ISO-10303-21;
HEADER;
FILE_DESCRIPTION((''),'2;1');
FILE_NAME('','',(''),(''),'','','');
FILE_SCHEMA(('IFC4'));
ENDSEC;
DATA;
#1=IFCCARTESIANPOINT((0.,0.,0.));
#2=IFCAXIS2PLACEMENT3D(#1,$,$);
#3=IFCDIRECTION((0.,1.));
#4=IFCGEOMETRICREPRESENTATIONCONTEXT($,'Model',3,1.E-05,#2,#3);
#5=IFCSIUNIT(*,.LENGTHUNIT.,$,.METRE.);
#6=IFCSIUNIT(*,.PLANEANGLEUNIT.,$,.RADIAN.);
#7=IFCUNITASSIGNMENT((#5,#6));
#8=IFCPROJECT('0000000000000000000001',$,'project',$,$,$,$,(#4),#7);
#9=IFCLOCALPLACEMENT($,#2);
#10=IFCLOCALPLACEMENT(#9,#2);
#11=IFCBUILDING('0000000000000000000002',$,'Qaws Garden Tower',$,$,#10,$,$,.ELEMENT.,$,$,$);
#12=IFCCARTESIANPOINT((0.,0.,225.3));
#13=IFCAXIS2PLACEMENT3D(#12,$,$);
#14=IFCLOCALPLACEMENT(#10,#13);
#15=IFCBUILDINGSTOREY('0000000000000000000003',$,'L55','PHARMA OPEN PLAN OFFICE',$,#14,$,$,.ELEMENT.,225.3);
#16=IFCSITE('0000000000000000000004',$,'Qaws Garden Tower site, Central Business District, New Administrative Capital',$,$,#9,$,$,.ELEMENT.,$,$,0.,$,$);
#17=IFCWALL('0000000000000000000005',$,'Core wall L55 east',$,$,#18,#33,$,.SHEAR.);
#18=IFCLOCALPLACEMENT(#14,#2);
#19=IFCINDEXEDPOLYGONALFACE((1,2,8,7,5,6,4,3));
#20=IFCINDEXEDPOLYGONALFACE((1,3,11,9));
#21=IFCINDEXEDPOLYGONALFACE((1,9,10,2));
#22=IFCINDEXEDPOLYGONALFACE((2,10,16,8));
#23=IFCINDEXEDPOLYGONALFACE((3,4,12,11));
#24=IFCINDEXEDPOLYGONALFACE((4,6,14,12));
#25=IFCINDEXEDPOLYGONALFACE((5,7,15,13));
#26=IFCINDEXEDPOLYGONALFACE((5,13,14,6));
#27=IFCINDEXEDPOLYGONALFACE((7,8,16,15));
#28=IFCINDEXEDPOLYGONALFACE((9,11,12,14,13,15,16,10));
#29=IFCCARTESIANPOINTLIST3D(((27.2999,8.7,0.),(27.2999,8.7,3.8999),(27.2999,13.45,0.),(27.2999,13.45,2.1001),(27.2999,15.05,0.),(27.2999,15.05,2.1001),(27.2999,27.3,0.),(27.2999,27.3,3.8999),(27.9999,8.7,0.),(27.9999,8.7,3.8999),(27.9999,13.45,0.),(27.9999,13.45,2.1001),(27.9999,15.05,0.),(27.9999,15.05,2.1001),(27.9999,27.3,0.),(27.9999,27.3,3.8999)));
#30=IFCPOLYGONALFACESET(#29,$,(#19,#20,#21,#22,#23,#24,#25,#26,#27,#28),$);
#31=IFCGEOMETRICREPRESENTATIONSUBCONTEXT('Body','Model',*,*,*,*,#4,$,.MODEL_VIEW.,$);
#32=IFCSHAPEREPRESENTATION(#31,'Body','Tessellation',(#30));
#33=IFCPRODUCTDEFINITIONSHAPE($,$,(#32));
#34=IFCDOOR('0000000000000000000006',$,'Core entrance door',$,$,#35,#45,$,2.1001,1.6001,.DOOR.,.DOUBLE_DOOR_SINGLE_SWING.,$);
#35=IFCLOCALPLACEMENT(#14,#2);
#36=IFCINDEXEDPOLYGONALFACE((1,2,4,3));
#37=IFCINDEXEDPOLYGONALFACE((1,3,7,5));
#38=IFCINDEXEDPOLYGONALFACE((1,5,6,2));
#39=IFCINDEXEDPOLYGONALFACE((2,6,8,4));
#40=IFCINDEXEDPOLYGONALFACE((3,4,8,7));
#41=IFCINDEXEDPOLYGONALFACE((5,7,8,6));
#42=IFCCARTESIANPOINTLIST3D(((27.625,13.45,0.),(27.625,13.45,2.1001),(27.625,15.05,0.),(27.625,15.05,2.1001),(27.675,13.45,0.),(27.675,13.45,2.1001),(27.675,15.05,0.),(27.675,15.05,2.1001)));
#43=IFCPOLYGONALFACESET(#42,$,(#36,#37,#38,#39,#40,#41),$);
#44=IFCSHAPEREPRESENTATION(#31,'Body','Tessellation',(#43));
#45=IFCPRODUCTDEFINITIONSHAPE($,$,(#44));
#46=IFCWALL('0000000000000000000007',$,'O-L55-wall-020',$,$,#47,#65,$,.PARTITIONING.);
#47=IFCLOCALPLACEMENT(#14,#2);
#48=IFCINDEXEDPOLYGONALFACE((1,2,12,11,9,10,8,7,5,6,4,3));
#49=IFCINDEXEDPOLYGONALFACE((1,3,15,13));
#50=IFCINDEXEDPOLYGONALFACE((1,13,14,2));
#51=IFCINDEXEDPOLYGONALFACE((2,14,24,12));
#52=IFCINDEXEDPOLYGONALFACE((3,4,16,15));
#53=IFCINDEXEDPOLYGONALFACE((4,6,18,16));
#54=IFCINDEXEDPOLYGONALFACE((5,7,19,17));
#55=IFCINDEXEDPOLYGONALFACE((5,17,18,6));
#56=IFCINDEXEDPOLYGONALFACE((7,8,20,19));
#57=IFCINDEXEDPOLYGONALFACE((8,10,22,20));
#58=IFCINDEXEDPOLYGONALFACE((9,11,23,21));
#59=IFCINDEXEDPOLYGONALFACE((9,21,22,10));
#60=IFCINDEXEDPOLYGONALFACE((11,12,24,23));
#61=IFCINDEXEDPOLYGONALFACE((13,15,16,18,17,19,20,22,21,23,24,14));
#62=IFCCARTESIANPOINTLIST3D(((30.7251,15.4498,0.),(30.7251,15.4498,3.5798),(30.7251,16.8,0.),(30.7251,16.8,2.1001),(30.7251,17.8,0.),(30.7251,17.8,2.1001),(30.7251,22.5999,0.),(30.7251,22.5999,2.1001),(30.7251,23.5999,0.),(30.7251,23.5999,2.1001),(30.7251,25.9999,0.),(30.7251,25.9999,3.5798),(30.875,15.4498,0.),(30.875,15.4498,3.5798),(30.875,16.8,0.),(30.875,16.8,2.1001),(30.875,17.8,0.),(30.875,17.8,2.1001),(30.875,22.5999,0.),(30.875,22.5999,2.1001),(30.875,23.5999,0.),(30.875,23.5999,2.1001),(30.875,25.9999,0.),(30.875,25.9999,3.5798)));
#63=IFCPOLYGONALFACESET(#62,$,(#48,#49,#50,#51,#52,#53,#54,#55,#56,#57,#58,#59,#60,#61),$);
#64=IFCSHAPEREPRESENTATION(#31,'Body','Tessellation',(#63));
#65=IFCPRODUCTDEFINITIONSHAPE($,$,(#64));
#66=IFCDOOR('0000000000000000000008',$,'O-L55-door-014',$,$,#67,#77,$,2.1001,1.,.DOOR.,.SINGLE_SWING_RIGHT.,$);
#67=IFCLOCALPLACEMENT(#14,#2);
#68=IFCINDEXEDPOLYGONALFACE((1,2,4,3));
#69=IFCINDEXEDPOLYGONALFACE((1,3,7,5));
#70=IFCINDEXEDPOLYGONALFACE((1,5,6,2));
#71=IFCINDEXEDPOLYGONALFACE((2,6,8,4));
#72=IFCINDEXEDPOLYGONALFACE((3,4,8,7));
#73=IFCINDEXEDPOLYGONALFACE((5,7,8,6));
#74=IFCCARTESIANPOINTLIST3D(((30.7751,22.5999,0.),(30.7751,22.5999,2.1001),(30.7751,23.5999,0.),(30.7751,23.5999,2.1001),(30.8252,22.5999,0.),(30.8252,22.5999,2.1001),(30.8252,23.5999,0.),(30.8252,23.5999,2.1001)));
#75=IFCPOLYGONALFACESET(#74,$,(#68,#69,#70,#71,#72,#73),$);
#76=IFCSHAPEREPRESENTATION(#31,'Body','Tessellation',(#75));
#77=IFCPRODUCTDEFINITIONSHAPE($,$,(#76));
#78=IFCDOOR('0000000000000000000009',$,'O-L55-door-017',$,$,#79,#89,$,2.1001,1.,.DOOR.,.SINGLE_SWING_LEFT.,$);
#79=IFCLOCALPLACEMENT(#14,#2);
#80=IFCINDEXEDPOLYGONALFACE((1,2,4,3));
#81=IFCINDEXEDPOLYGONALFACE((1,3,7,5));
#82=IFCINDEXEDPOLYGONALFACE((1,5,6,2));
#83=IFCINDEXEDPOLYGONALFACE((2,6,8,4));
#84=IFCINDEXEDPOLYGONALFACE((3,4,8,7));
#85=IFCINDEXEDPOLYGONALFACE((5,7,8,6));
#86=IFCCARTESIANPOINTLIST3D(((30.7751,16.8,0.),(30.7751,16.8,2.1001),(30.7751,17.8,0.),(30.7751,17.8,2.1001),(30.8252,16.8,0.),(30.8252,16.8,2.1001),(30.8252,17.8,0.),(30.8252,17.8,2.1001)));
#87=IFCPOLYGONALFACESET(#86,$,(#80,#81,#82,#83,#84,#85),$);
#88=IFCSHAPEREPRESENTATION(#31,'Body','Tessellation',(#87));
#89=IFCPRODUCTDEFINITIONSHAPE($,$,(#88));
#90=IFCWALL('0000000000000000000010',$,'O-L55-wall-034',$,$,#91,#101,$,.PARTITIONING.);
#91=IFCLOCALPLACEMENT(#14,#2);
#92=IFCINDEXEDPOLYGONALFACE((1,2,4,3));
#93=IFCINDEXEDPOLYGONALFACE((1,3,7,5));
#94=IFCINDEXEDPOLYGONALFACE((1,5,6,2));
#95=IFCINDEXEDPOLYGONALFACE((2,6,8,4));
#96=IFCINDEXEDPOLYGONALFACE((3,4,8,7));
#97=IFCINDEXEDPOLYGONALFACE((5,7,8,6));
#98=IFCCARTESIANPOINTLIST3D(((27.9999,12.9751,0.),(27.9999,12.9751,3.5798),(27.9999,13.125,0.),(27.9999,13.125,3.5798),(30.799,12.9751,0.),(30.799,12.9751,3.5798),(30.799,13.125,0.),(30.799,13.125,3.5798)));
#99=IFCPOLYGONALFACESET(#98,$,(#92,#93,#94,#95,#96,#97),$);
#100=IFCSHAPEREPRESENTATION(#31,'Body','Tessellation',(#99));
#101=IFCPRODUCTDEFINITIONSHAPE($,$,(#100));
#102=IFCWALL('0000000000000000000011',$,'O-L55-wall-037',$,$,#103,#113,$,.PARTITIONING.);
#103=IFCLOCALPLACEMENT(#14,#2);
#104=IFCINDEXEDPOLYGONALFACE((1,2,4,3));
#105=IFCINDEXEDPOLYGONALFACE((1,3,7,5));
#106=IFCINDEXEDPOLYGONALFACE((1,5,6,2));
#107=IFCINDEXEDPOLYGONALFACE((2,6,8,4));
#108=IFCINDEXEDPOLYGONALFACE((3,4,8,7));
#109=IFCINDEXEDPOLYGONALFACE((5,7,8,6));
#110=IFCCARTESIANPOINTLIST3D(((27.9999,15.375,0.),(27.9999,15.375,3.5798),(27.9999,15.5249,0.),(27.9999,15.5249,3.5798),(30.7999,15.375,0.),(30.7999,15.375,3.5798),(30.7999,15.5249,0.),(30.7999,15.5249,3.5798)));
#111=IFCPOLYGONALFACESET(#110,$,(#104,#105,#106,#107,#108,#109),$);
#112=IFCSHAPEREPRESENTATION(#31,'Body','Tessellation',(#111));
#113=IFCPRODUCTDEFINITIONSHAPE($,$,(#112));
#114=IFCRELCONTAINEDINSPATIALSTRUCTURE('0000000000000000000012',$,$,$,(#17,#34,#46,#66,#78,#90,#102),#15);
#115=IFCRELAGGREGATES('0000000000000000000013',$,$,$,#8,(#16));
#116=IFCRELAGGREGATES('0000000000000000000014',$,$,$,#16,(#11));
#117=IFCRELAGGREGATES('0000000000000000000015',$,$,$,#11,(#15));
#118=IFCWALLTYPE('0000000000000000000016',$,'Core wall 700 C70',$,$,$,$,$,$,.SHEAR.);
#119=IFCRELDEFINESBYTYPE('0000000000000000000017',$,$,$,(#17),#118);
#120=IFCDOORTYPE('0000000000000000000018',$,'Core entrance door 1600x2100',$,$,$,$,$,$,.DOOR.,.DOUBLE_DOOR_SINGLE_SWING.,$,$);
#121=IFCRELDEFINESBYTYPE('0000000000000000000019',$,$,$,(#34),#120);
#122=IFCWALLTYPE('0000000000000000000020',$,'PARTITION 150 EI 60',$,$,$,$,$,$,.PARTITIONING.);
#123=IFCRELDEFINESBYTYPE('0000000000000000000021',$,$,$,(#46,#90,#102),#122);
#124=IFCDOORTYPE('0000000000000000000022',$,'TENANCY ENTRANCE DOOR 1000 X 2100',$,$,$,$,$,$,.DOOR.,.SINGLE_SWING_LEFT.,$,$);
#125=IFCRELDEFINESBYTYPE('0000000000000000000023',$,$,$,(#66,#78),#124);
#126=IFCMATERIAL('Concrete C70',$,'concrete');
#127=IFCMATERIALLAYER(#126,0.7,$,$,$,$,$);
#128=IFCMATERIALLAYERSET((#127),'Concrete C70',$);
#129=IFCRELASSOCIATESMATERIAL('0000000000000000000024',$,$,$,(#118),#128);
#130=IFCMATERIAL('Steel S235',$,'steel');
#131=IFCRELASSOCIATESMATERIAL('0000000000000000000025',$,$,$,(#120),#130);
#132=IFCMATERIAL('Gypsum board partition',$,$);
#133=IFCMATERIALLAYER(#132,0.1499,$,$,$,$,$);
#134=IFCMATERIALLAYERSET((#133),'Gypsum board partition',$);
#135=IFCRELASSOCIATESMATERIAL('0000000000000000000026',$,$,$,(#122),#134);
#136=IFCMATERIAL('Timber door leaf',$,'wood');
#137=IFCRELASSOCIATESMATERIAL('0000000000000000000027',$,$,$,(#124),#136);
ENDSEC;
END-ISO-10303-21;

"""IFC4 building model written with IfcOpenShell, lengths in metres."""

from ifc_helpers import new_model, si_unit, direction, frame, frame_2d, origin, place, context, subcontext, project, spatial, rectangle, extrude, material, layer, layer_set, type_object, element, fill, save


model = new_model("IFC4")

# Units and contexts
model_context = context("Model", 3, precision=1e-05, world=origin(), true_north=direction((0.0, 1.0)))
body_context = subcontext(model_context, "Body", "Model", "MODEL_VIEW")
ifc_project = project(units=[si_unit("LENGTHUNIT", "METRE"), si_unit("PLANEANGLEUNIT", "RADIAN")], contexts=[model_context])

# Site, building, storey
site_placement = place(None, origin())
site = spatial("IfcSite", under=ifc_project, at=site_placement, Name="Qaws Garden Tower site, Central Business District, New Administrative Capital", CompositionType="ELEMENT", RefElevation=0.0)
building_placement = place(site_placement, origin())
building = spatial("IfcBuilding", under=site, at=building_placement, Name="Qaws Garden Tower", CompositionType="ELEMENT")
storey_placement = place(building_placement, frame((0.0, 0.0, 225.3)))
storey = spatial("IfcBuildingStorey", under=building, at=storey_placement, Name="L55", Description="PHARMA OPEN PLAN OFFICE", CompositionType="ELEMENT", Elevation=225.3)

# Wall, opening, door
ifc_material_1 = material(Name="Concrete C70", Category="concrete")
ifc_layer_1 = layer(ifc_material_1, 0.7)
ifc_layer_set_1 = layer_set([ifc_layer_1], Name="Concrete C70")
wall_type_1 = type_object("IfcWallType", Name="Core wall 700 C70", PredefinedType="SHEAR", material=ifc_layer_set_1)
wall_1_placement = place(storey_placement, frame((27.6499, 8.7, 0.0), z_axis=(0.0, 0.0, 1.0), x_axis=(0.0, 1.0, 0.0)))
wall_1 = element("IfcWall", 1, at=wall_1_placement, inside=storey, type_object=wall_type_1, Name="Core wall L55 east", PredefinedType="SHEAR", context=body_context, shape_type="SweptSolid", body=[
    extrude(rectangle(XDim=18.6001, YDim=0.7, at=frame_2d((9.3, 0.0))), origin(), (0.0, 0.0, 1.0), 3.8999),
])
opening_1_placement = place(wall_1_placement, frame((4.75, 0.0, 0.0)))
opening_1 = element("IfcOpeningElement", 2, at=opening_1_placement, cuts=wall_1, PredefinedType="OPENING", context=body_context, shape_type="SweptSolid", body=[
    extrude(rectangle(XDim=1.6001, YDim=2.1001, at=frame_2d((0.8, 1.05))), frame((0.0, 0.3599, 0.0), z_axis=(0.0, -1.0, 0.0), x_axis=(1.0, 0.0, 0.0)), (0.0, 0.0, 1.0), 0.72),
])
ifc_material_2 = material(Name="Steel S235", Category="steel")
door_type_1 = type_object("IfcDoorType", Name="Core entrance door 1600x2100", OperationType="DOUBLE_DOOR_SINGLE_SWING", PredefinedType="DOOR", material=ifc_material_2)
door_1_placement = place(opening_1_placement, origin())
door_1 = element("IfcDoor", 3, at=door_1_placement, inside=storey, type_object=door_type_1, Name="Core entrance door", OperationType="DOUBLE_DOOR_SINGLE_SWING", OverallHeight=2.1001, OverallWidth=1.6001, PredefinedType="DOOR", context=body_context, shape_type="SweptSolid", body=[
    extrude(rectangle(XDim=1.6001, YDim=2.1001, at=frame_2d((0.8, 1.05))), frame((0.0, 0.0249, 0.0), z_axis=(0.0, -1.0, 0.0), x_axis=(1.0, 0.0, 0.0)), (0.0, 0.0, 1.0), 0.05),
])
fill(opening_1, door_1)

# Wall, openings, doors
ifc_material_3 = material(Name="Gypsum board partition")
ifc_layer_2 = layer(ifc_material_3, 0.1499)
ifc_layer_set_2 = layer_set([ifc_layer_2], Name="Gypsum board partition")
wall_type_2 = type_object("IfcWallType", Name="PARTITION 150 EI 60", PredefinedType="PARTITIONING", material=ifc_layer_set_2)
wall_2_placement = place(storey_placement, frame((30.8, 15.45, 0.0), z_axis=(0.0, 0.0, 1.0), x_axis=(0.0, 1.0, 0.0)))
wall_2 = element("IfcWall", 4, at=wall_2_placement, inside=storey, type_object=wall_type_2, Name="O-L55-wall-020", PredefinedType="PARTITIONING", context=body_context, shape_type="SweptSolid", body=[
    extrude(rectangle(XDim=10.55, YDim=0.1499, at=frame_2d((5.2749, 0.0))), origin(), (0.0, 0.0, 1.0), 3.5798),
])
opening_2_placement = place(wall_2_placement, frame((7.1499, 0.0, 0.0)))
opening_2 = element("IfcOpeningElement", 5, at=opening_2_placement, cuts=wall_2, PredefinedType="OPENING", context=body_context, shape_type="SweptSolid", body=[
    extrude(rectangle(XDim=1.0, YDim=2.1001, at=frame_2d((0.5, 1.05))), frame((0.0, 0.085, 0.0), z_axis=(0.0, -1.0, 0.0), x_axis=(1.0, 0.0, 0.0)), (0.0, 0.0, 1.0), 0.1699),
])
opening_3_placement = place(wall_2_placement, frame((1.3501, 0.0, 0.0)))
opening_3 = element("IfcOpeningElement", 6, at=opening_3_placement, cuts=wall_2, PredefinedType="OPENING", context=body_context, shape_type="SweptSolid", body=[
    extrude(rectangle(XDim=1.0, YDim=2.1001, at=frame_2d((0.5, 1.05))), frame((0.0, 0.085, 0.0), z_axis=(0.0, -1.0, 0.0), x_axis=(1.0, 0.0, 0.0)), (0.0, 0.0, 1.0), 0.1699),
])
ifc_material_4 = material(Name="Timber door leaf", Category="wood")
door_type_2 = type_object("IfcDoorType", Name="TENANCY ENTRANCE DOOR 1000 X 2100", OperationType="SINGLE_SWING_LEFT", PredefinedType="DOOR", material=ifc_material_4)
door_2_placement = place(opening_2_placement, origin())
door_2 = element("IfcDoor", 7, at=door_2_placement, inside=storey, type_object=door_type_2, Name="O-L55-door-014", OperationType="SINGLE_SWING_RIGHT", OverallHeight=2.1001, OverallWidth=1.0, PredefinedType="DOOR", context=body_context, shape_type="SweptSolid", body=[
    extrude(rectangle(XDim=1.0, YDim=2.1001, at=frame_2d((0.5, 1.05))), frame((0.0, 0.0249, 0.0), z_axis=(0.0, -1.0, 0.0), x_axis=(1.0, 0.0, 0.0)), (0.0, 0.0, 1.0), 0.05),
])
fill(opening_2, door_2)
door_3_placement = place(opening_3_placement, origin())
door_3 = element("IfcDoor", 8, at=door_3_placement, inside=storey, type_object=door_type_2, Name="O-L55-door-017", OperationType="SINGLE_SWING_LEFT", OverallHeight=2.1001, OverallWidth=1.0, PredefinedType="DOOR", context=body_context, shape_type="SweptSolid", body=[
    extrude(rectangle(XDim=1.0, YDim=2.1001, at=frame_2d((0.5, 1.05))), frame((0.0, 0.0249, 0.0), z_axis=(0.0, -1.0, 0.0), x_axis=(1.0, 0.0, 0.0)), (0.0, 0.0, 1.0), 0.05),
])
fill(opening_3, door_3)

# Walls
wall_3_placement = place(storey_placement, frame((28.0, 13.05, 0.0), z_axis=(0.0, 0.0, 1.0), x_axis=(1.0, 0.0, 0.0)))
element("IfcWall", 9, at=wall_3_placement, inside=storey, type_object=wall_type_2, Name="O-L55-wall-034", PredefinedType="PARTITIONING", context=body_context, shape_type="SweptSolid", body=[
    extrude(rectangle(XDim=2.7991, YDim=0.1499, at=frame_2d((1.3994, 0.0))), origin(), (0.0, 0.0, 1.0), 3.5798),
])
wall_4_placement = place(storey_placement, frame((28.0, 15.45, 0.0), z_axis=(0.0, 0.0, 1.0), x_axis=(1.0, 0.0, 0.0)))
element("IfcWall", 10, at=wall_4_placement, inside=storey, type_object=wall_type_2, Name="O-L55-wall-037", PredefinedType="PARTITIONING", context=body_context, shape_type="SweptSolid", body=[
    extrude(rectangle(XDim=2.8, YDim=0.1499, at=frame_2d((1.3999, 0.0))), origin(), (0.0, 0.0, 1.0), 3.5798),
])

save(model, "model.ifc")
